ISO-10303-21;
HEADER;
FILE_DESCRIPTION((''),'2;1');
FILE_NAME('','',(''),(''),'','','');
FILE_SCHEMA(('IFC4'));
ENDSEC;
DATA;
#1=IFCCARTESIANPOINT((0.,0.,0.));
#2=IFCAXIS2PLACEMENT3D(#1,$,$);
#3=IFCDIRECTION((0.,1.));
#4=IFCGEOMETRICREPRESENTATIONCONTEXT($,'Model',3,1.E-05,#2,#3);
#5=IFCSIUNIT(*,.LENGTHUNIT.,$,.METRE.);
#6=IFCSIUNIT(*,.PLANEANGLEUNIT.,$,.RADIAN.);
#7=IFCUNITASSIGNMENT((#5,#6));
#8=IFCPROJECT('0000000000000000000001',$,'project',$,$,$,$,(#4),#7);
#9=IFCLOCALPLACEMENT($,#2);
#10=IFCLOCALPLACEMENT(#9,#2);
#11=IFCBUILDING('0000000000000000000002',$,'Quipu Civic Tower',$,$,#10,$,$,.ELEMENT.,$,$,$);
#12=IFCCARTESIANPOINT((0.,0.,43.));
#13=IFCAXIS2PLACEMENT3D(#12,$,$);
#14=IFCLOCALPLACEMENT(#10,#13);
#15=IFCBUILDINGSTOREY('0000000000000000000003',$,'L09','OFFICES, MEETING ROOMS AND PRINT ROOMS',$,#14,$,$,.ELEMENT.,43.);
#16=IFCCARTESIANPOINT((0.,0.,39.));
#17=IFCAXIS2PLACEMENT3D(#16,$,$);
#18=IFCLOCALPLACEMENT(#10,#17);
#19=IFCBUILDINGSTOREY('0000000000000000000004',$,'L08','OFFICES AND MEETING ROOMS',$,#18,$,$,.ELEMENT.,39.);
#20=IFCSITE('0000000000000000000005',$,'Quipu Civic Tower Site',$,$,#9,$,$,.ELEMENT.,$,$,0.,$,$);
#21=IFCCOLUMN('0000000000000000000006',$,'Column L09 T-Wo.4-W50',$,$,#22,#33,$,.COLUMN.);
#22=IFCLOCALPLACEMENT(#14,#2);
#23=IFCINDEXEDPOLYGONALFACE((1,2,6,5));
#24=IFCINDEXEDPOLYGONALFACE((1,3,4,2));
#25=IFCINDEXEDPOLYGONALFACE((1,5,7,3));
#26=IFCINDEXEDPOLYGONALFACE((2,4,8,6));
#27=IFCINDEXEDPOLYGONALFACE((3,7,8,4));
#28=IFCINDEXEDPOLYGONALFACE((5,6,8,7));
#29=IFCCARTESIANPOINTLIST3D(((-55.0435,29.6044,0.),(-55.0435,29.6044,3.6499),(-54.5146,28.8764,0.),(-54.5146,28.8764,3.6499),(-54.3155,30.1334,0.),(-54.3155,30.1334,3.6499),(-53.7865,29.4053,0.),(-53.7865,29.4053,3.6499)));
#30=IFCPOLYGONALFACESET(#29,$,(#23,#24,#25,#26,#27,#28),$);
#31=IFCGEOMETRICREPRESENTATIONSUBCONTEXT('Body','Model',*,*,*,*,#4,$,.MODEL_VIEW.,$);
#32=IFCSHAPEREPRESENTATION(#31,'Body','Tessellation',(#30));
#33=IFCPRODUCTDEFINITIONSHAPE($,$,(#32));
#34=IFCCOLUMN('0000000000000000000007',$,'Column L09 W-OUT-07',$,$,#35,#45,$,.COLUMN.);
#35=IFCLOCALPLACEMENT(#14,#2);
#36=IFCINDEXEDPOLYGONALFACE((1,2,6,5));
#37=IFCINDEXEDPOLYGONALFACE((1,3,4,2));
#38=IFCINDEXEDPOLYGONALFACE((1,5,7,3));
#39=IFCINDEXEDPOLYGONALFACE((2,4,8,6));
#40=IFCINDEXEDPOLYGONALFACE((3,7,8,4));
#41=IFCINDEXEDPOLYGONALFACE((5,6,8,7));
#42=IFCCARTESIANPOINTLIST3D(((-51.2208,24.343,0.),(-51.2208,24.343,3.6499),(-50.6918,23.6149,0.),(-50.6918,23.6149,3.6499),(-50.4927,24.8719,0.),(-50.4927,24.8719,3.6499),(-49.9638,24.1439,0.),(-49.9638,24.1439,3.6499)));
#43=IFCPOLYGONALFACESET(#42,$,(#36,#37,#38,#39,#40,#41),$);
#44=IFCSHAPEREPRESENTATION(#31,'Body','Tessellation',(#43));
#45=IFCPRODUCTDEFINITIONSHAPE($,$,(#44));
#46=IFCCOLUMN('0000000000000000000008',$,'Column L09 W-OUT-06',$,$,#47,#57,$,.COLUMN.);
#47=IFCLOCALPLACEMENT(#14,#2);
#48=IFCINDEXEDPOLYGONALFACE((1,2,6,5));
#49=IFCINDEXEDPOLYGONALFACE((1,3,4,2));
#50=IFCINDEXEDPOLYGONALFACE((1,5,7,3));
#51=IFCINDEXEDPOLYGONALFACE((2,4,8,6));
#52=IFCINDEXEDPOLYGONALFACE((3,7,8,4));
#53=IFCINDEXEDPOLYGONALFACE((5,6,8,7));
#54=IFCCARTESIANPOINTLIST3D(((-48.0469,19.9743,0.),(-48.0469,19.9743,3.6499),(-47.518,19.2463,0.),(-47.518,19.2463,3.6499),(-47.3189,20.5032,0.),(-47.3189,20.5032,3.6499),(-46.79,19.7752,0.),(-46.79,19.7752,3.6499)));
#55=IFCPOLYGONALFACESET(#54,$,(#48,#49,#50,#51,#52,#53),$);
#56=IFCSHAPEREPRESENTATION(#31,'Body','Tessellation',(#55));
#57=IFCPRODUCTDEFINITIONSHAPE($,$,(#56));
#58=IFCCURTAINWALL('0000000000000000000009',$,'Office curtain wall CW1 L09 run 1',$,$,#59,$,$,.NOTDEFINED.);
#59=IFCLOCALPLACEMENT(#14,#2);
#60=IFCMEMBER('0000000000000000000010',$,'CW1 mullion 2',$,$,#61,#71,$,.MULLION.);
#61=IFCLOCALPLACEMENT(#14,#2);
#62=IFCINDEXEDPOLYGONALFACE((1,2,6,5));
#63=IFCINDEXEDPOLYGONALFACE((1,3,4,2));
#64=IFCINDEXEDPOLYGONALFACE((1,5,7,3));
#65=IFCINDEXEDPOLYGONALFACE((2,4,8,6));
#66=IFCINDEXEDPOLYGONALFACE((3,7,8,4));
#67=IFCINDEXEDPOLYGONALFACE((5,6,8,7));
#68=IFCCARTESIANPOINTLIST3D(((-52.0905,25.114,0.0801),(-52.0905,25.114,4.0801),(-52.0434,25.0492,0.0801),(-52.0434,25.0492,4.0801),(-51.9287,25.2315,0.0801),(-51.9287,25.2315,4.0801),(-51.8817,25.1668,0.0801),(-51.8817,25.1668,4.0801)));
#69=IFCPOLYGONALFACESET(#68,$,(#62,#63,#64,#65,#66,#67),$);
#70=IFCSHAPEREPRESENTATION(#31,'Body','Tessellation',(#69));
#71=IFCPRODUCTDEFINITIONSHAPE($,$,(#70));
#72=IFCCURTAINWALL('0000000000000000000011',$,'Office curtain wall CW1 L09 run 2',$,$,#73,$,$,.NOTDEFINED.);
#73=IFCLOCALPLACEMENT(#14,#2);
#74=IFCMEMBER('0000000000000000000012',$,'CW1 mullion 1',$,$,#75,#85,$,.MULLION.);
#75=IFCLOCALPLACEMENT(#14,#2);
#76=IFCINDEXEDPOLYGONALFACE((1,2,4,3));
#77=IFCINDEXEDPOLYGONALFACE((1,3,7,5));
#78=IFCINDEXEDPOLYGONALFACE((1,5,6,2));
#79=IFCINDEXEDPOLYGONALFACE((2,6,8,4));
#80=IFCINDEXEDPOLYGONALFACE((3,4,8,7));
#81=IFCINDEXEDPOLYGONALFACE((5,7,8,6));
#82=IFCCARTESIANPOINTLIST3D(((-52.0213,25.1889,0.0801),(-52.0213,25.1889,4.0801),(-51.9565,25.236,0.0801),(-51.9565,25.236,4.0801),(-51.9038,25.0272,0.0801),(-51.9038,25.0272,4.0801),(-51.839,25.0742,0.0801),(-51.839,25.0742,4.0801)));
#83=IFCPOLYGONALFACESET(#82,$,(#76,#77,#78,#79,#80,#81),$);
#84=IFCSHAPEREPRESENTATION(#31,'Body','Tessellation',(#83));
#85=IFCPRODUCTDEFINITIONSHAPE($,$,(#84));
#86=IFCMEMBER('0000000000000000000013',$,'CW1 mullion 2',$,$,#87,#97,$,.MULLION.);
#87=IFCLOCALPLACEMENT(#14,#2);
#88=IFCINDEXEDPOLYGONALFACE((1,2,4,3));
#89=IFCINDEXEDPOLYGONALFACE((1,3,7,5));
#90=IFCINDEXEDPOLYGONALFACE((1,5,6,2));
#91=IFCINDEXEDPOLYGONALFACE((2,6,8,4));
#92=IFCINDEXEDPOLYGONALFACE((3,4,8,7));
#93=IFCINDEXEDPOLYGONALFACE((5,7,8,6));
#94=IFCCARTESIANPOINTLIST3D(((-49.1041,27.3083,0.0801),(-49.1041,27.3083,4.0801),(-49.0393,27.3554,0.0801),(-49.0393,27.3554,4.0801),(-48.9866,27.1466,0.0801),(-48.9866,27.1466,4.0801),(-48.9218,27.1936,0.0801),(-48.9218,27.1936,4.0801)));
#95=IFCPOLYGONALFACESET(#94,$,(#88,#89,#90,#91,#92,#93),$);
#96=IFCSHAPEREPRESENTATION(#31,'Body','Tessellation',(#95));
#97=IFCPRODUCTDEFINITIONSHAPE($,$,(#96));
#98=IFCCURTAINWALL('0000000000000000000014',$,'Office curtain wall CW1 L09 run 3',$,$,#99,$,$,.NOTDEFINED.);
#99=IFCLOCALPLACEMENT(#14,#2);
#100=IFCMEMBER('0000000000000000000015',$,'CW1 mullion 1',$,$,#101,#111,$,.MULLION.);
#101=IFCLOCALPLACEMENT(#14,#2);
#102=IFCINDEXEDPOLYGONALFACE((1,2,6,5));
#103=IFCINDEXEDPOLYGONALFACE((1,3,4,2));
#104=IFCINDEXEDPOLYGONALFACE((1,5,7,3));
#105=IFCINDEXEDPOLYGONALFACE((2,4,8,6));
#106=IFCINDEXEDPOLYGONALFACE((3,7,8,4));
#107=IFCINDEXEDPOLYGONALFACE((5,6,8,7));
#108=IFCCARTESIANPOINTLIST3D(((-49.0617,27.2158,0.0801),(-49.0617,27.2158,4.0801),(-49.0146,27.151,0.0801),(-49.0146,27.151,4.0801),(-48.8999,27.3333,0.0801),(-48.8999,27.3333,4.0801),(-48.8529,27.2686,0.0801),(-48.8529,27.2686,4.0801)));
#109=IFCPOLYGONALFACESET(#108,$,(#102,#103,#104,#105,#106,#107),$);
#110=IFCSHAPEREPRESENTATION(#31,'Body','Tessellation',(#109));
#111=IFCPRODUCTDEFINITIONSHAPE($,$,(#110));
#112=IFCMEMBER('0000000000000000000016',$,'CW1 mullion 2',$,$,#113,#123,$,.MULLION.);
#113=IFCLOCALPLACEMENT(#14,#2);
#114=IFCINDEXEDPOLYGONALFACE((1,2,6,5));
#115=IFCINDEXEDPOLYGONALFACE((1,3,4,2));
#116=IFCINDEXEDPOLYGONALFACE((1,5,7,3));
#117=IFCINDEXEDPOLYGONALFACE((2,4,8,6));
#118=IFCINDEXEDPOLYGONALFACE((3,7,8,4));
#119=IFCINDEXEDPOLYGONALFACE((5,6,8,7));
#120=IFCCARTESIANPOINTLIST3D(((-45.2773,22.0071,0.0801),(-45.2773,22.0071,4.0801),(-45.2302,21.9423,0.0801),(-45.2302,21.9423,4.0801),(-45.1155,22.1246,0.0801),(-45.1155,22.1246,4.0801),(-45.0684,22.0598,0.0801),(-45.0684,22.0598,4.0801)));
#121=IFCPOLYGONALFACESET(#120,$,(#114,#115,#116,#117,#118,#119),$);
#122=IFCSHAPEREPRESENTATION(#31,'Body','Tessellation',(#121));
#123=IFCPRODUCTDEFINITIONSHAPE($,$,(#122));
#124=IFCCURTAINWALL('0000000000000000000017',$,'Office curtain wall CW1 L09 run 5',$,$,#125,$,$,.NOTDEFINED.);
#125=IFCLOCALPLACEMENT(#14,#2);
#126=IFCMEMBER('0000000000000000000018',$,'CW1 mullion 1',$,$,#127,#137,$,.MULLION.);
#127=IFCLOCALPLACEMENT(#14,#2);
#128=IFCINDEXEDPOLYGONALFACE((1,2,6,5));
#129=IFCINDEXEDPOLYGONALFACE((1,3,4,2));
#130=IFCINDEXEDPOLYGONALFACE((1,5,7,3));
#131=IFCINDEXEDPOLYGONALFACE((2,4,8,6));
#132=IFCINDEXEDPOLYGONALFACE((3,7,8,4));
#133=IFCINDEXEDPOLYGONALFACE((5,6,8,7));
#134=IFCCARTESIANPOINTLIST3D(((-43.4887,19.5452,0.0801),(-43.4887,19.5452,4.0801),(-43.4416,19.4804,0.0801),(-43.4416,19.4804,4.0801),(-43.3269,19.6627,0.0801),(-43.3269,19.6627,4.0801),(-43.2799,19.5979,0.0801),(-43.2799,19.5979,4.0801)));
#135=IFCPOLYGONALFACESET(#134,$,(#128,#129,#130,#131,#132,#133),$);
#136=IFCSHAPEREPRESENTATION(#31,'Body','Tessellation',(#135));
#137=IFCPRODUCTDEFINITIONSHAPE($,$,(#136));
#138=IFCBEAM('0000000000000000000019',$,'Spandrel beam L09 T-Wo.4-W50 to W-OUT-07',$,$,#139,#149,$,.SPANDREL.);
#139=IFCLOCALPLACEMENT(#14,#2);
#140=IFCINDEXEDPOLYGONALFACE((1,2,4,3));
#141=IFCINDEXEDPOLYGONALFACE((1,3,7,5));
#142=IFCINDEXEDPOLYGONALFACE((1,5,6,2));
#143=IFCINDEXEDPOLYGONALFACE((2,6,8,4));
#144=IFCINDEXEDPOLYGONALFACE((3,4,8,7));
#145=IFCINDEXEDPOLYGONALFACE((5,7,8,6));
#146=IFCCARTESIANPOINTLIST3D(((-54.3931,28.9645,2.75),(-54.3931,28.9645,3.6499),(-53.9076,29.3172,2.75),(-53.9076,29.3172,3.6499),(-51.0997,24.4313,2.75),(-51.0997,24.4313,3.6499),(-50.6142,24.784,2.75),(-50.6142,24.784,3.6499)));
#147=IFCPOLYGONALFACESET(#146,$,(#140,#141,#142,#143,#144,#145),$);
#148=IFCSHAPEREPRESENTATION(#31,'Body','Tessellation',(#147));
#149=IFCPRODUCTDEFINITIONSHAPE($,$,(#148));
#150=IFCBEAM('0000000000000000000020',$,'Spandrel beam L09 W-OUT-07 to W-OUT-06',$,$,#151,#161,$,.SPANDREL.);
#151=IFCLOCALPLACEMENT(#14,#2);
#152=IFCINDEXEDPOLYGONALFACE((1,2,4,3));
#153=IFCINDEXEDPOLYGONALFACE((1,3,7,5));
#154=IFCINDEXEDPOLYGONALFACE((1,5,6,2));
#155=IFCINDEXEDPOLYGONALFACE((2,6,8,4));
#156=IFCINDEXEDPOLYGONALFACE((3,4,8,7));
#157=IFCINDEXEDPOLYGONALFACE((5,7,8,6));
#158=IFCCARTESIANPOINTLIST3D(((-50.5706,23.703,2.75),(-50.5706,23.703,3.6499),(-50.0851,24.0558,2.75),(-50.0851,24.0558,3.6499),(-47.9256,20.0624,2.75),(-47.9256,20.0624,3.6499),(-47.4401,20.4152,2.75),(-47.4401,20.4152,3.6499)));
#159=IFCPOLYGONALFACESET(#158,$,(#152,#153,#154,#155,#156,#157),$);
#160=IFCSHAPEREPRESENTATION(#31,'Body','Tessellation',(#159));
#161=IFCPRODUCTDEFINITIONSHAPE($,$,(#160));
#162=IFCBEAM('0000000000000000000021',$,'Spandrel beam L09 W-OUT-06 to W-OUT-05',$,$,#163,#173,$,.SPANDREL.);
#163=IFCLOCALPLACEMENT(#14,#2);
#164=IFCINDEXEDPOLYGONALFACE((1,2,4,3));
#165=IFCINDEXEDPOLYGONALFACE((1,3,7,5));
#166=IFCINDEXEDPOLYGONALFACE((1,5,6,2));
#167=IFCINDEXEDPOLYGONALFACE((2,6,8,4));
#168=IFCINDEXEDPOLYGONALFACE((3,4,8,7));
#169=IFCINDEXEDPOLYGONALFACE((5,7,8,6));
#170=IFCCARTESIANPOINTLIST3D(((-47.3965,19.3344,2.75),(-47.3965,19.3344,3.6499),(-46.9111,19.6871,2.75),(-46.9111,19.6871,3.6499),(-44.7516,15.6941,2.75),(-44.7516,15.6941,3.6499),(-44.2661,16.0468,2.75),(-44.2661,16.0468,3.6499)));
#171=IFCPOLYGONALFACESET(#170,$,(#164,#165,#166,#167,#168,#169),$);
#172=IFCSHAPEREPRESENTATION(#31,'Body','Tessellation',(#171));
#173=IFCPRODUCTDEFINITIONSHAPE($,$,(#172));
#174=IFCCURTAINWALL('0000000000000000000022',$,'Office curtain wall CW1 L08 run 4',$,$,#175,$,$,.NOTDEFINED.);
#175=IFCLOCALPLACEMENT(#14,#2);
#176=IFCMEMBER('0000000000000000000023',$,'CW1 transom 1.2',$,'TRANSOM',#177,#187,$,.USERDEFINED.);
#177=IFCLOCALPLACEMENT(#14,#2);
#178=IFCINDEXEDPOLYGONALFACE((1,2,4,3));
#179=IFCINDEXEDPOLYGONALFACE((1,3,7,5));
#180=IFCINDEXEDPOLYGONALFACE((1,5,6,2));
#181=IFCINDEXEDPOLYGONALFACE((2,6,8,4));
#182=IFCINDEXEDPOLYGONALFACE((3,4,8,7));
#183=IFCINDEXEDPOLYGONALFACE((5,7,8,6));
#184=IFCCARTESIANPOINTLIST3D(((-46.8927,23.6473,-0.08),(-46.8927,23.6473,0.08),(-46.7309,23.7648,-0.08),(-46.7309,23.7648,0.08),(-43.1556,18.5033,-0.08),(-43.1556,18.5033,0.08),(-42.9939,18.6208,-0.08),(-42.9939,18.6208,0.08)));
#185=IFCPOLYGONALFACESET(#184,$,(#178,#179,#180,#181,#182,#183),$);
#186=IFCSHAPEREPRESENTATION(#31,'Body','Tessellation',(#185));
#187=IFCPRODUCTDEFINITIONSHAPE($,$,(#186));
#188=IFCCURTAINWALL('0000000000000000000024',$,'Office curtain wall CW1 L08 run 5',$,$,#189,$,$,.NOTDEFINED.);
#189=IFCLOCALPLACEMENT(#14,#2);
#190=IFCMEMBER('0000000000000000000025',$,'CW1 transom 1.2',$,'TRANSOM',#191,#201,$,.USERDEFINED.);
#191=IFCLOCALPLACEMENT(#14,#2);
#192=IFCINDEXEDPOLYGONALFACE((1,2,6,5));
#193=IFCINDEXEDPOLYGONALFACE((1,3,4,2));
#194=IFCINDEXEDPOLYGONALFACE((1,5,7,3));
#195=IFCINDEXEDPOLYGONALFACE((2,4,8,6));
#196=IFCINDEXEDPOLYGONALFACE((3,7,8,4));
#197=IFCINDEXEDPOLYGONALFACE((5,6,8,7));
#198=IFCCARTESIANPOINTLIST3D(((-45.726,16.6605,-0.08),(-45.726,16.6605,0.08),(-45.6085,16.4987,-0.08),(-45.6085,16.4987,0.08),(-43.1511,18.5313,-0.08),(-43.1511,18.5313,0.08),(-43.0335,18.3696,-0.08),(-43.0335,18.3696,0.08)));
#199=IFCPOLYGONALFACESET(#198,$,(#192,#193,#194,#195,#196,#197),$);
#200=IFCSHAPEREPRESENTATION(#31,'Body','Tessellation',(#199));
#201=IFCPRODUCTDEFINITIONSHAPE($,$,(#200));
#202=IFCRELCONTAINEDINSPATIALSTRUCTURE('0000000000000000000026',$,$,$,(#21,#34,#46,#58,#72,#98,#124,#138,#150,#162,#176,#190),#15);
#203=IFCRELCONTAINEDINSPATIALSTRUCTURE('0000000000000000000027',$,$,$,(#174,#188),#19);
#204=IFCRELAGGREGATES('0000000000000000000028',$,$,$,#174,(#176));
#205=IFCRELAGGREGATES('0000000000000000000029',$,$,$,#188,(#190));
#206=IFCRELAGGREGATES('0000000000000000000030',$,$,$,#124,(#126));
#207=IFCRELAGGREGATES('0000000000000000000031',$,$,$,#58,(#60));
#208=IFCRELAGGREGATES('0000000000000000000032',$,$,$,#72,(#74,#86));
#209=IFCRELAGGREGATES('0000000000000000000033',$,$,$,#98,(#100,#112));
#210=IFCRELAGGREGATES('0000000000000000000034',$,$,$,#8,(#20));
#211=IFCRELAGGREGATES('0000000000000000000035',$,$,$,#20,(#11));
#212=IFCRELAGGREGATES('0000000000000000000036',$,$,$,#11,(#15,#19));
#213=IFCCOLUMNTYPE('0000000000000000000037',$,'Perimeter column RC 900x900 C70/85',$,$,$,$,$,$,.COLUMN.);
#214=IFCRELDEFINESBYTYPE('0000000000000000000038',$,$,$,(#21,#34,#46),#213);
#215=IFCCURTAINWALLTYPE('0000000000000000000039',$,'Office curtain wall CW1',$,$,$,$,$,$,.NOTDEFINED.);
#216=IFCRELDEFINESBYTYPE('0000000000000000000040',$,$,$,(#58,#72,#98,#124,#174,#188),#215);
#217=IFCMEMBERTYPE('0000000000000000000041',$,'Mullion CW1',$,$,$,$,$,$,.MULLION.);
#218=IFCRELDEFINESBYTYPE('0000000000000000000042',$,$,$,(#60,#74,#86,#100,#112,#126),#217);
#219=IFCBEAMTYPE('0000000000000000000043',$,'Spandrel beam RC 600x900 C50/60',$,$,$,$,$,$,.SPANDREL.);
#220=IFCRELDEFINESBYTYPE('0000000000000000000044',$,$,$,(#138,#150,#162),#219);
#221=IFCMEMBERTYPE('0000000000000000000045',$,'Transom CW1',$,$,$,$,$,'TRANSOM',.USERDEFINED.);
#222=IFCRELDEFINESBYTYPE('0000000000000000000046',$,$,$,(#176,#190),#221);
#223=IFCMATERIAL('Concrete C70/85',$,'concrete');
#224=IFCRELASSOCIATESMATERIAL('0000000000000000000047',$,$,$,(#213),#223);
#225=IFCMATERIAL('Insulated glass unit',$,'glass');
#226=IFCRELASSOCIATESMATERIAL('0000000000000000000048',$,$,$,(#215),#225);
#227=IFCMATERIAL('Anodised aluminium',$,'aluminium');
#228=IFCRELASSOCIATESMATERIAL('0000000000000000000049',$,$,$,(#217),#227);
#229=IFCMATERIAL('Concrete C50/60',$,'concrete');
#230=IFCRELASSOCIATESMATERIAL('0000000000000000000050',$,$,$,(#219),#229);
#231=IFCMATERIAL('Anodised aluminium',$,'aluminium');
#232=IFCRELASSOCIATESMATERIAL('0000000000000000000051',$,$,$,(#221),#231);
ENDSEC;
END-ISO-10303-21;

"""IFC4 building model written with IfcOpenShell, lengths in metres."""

from ifc_helpers import new_model, si_unit, direction, frame, origin, origin_2d, place, context, subcontext, project, spatial, rectangle, extrude, material, material_profile, profile_set, type_object, element, aggregate, save


model = new_model("IFC4")

# Units and contexts
model_context = context("Model", 3, precision=1e-05, world=origin(), true_north=direction((0.0, 1.0)))
body_context = subcontext(model_context, "Body", "Model", "MODEL_VIEW")
ifc_project = project(units=[si_unit("LENGTHUNIT", "METRE"), si_unit("PLANEANGLEUNIT", "RADIAN")], contexts=[model_context])

# Site, building, storey
site_placement = place(None, origin())
site = spatial("IfcSite", under=ifc_project, at=site_placement, Name="Quipu Civic Tower Site", CompositionType="ELEMENT", RefElevation=0.0)
building_placement = place(site_placement, origin())
building = spatial("IfcBuilding", under=site, at=building_placement, Name="Quipu Civic Tower", CompositionType="ELEMENT")
storey_1_placement = place(building_placement, frame((0.0, 0.0, 43.0)))
storey_1 = spatial("IfcBuildingStorey", under=building, at=storey_1_placement, Name="L09", Description="OFFICES, MEETING ROOMS AND PRINT ROOMS", CompositionType="ELEMENT", Elevation=43.0)

# Columns
ifc_material_1 = material(Name="Concrete C70/85", Category="concrete")
ifc_material_profile_1 = material_profile(ifc_material_1, rectangle(XDim=0.8999, YDim=0.8999, at=origin_2d()), Name="RC900x900")
ifc_profile_set_1 = profile_set([ifc_material_profile_1], Name="Concrete C70/85")
column_type = type_object("IfcColumnType", Name="Perimeter column RC 900x900 C70/85", PredefinedType="COLUMN", material=ifc_profile_set_1)
for number, where, z_axis, x_axis, name in (
    (1, (-54.415, 29.5049, 0.0), (0.0, 0.0, 1.0), (0.587785, -0.809017, 0.0), "Column L09 T-Wo.4-W50"),
    (2, (-50.5923, 24.2434, 0.0), (0.0, 0.0, 1.0), (0.587785, -0.809017, 0.0), "Column L09 W-OUT-07"),
    (3, (-47.4185, 19.8748, 0.0), (0.0, 0.0, 1.0), (0.587785, -0.809017, 0.0), "Column L09 W-OUT-06"),
):
    element("IfcColumn", number, at=place(storey_1_placement, frame(where, z_axis=z_axis, x_axis=x_axis)), inside=storey_1, type_object=column_type, Name=name, PredefinedType="COLUMN", context=body_context, shape_type="SweptSolid", body=[
        extrude(rectangle(XDim=0.8999, YDim=0.8999, at=origin_2d()), origin(), (0.0, 0.0, 1.0), 3.6499),
    ])

# Curtain wall, member
ifc_material_2 = material(Name="Insulated glass unit", Category="glass")
curtain_wall_type = type_object("IfcCurtainWallType", Name="Office curtain wall CW1", PredefinedType="NOTDEFINED", material=ifc_material_2)
curtain_wall_1_placement = place(storey_1_placement, origin())
curtain_wall_1 = element("IfcCurtainWall", 4, at=curtain_wall_1_placement, inside=storey_1, type_object=curtain_wall_type, Name="Office curtain wall CW1 L09 run 1", PredefinedType="NOTDEFINED")
ifc_material_3 = material(Name="Anodised aluminium", Category="aluminium")
ifc_material_profile_2 = material_profile(ifc_material_3, rectangle(XDim=0.2, YDim=0.0801, at=origin_2d()), Name="RECT 200x80")
ifc_profile_set_2 = profile_set([ifc_material_profile_2], Name="Anodised aluminium")
member_type_1 = type_object("IfcMemberType", Name="Mullion CW1", PredefinedType="MULLION", material=ifc_profile_set_2)
member_1_placement = place(storey_1_placement, frame((-51.9861, 25.1404, 0.0801), z_axis=(0.0, 0.0, 1.0), x_axis=(0.809017, 0.587785, 0.0)))
member_1 = element("IfcMember", 5, at=member_1_placement, type_object=member_type_1, Name="CW1 mullion 2", PredefinedType="MULLION", context=body_context, shape_type="SweptSolid", body=[
    extrude(rectangle(XDim=0.2, YDim=0.0801, at=origin_2d()), origin(), (0.0, 0.0, 1.0), 4.0),
])

# Curtain walls, members
curtain_wall_2_placement = place(storey_1_placement, origin())
curtain_wall_2 = element("IfcCurtainWall", 6, at=curtain_wall_2_placement, inside=storey_1, type_object=curtain_wall_type, Name="Office curtain wall CW1 L09 run 2", PredefinedType="NOTDEFINED")
member_2_placement = place(storey_1_placement, frame((-51.9302, 25.1316, 0.0801), z_axis=(0.0, 0.0, 1.0), x_axis=(-0.587784, 0.809018, 0.0)))
member_2 = element("IfcMember", 7, at=member_2_placement, type_object=member_type_1, Name="CW1 mullion 1", PredefinedType="MULLION", context=body_context, shape_type="SweptSolid", body=[
    extrude(rectangle(XDim=0.2, YDim=0.0801, at=origin_2d()), origin(), (0.0, 0.0, 1.0), 4.0),
])
member_3_placement = place(storey_1_placement, frame((-49.0129, 27.251, 0.0801), z_axis=(0.0, 0.0, 1.0), x_axis=(-0.587784, 0.809018, 0.0)))
member_3 = element("IfcMember", 8, at=member_3_placement, type_object=member_type_1, Name="CW1 mullion 2", PredefinedType="MULLION", context=body_context, shape_type="SweptSolid", body=[
    extrude(rectangle(XDim=0.2, YDim=0.0801, at=origin_2d()), origin(), (0.0, 0.0, 1.0), 4.0),
])
curtain_wall_3_placement = place(storey_1_placement, origin())
curtain_wall_3 = element("IfcCurtainWall", 9, at=curtain_wall_3_placement, inside=storey_1, type_object=curtain_wall_type, Name="Office curtain wall CW1 L09 run 3", PredefinedType="NOTDEFINED")
member_4_placement = place(storey_1_placement, frame((-48.9573, 27.2422, 0.0801), z_axis=(0.0, 0.0, 1.0), x_axis=(0.809019, 0.587783, 0.0)))
member_4 = element("IfcMember", 10, at=member_4_placement, type_object=member_type_1, Name="CW1 mullion 1", PredefinedType="MULLION", context=body_context, shape_type="SweptSolid", body=[
    extrude(rectangle(XDim=0.2, YDim=0.0801, at=origin_2d()), origin(), (0.0, 0.0, 1.0), 4.0),
])
member_5_placement = place(storey_1_placement, frame((-45.1729, 22.0334, 0.0801), z_axis=(0.0, 0.0, 1.0), x_axis=(0.809019, 0.587783, 0.0)))
member_5 = element("IfcMember", 11, at=member_5_placement, type_object=member_type_1, Name="CW1 mullion 2", PredefinedType="MULLION", context=body_context, shape_type="SweptSolid", body=[
    extrude(rectangle(XDim=0.2, YDim=0.0801, at=origin_2d()), origin(), (0.0, 0.0, 1.0), 4.0),
])

# Curtain wall, member
curtain_wall_4_placement = place(storey_1_placement, origin())
curtain_wall_4 = element("IfcCurtainWall", 12, at=curtain_wall_4_placement, inside=storey_1, type_object=curtain_wall_type, Name="Office curtain wall CW1 L09 run 5", PredefinedType="NOTDEFINED")
member_6_placement = place(storey_1_placement, frame((-43.3843, 19.5715, 0.0801), z_axis=(0.0, 0.0, 1.0), x_axis=(0.809015, 0.587789, 0.0)))
member_6 = element("IfcMember", 13, at=member_6_placement, type_object=member_type_1, Name="CW1 mullion 1", PredefinedType="MULLION", context=body_context, shape_type="SweptSolid", body=[
    extrude(rectangle(XDim=0.2, YDim=0.0801, at=origin_2d()), origin(), (0.0, 0.0, 1.0), 4.0),
])

# Beams
ifc_material_4 = material(Name="Concrete C50/60", Category="concrete")
ifc_material_profile_3 = material_profile(ifc_material_4, rectangle(XDim=0.6001, YDim=0.8999, at=origin_2d()), Name="RC600x900")
ifc_profile_set_3 = profile_set([ifc_material_profile_3], Name="Concrete C50/60")
beam_type = type_object("IfcBeamType", Name="Spandrel beam RC 600x900 C50/60", PredefinedType="SPANDREL", material=ifc_profile_set_3)
beam_1_placement = place(storey_1_placement, frame((-54.1504, 29.1409, 3.2), z_axis=(0.587773, -0.809026, 0.0), x_axis=(0.809026, 0.587773, 0.0)))
element("IfcBeam", 14, at=beam_1_placement, inside=storey_1, type_object=beam_type, Name="Spandrel beam L09 T-Wo.4-W50 to W-OUT-07", PredefinedType="SPANDREL", context=body_context, shape_type="SweptSolid", body=[
    extrude(rectangle(XDim=0.6001, YDim=0.8999, at=origin_2d()), origin(), (0.0, 0.0, 1.0), 5.6033),
])
beam_2_placement = place(storey_1_placement, frame((-50.3279, 23.8794, 3.2), z_axis=(0.587778, -0.809022, 0.0), x_axis=(0.809022, 0.587778, 0.0)))
element("IfcBeam", 15, at=beam_2_placement, inside=storey_1, type_object=beam_type, Name="Spandrel beam L09 W-OUT-07 to W-OUT-06", PredefinedType="SPANDREL", context=body_context, shape_type="SweptSolid", body=[
    extrude(rectangle(XDim=0.6001, YDim=0.8999, at=origin_2d()), origin(), (0.0, 0.0, 1.0), 4.5),
])
beam_3_placement = place(storey_1_placement, frame((-47.1538, 19.5107, 3.2), z_axis=(0.587804, -0.809003, 0.0), x_axis=(0.809003, 0.587804, 0.0)))
element("IfcBeam", 16, at=beam_3_placement, inside=storey_1, type_object=beam_type, Name="Spandrel beam L09 W-OUT-06 to W-OUT-05", PredefinedType="SPANDREL", context=body_context, shape_type="SweptSolid", body=[
    extrude(rectangle(XDim=0.6001, YDim=0.8999, at=origin_2d()), origin(), (0.0, 0.0, 1.0), 4.4998),
])

# Shared definitions
storey_2_placement = place(building_placement, frame((0.0, 0.0, 39.0)))
storey_2 = spatial("IfcBuildingStorey", under=building, at=storey_2_placement, Name="L08", Description="OFFICES AND MEETING ROOMS", CompositionType="ELEMENT", Elevation=39.0)

# Curtain walls, members
curtain_wall_5_placement = place(storey_2_placement, origin())
curtain_wall_5 = element("IfcCurtainWall", 17, at=curtain_wall_5_placement, inside=storey_2, type_object=curtain_wall_type, Name="Office curtain wall CW1 L08 run 4", PredefinedType="NOTDEFINED")
ifc_material_5 = material(Name="Anodised aluminium", Category="aluminium")
ifc_material_profile_4 = material_profile(ifc_material_5, rectangle(XDim=0.2, YDim=0.1599, at=origin_2d()), Name="RECT 200x160")
ifc_profile_set_4 = profile_set([ifc_material_profile_4], Name="Anodised aluminium")
member_type_2 = type_object("IfcMemberType", Name="Transom CW1", ElementType="TRANSOM", PredefinedType="USERDEFINED", material=ifc_profile_set_4)
member_7_placement = place(storey_1_placement, frame((-46.8118, 23.7061, 0.0), z_axis=(0.587754, -0.80904, 0.0), x_axis=(0.80904, 0.587754, 0.0)))
member_7 = element("IfcMember", 18, at=member_7_placement, inside=storey_1, type_object=member_type_2, Name="CW1 transom 1.2", ObjectType="TRANSOM", PredefinedType="USERDEFINED", context=body_context, shape_type="SweptSolid", body=[
    extrude(rectangle(XDim=0.2, YDim=0.1599, at=origin_2d()), origin(), (0.0, 0.0, 1.0), 6.3582),
])
aggregate(curtain_wall_5, [member_7])
curtain_wall_6_placement = place(storey_2_placement, origin())
curtain_wall_6 = element("IfcCurtainWall", 19, at=curtain_wall_6_placement, inside=storey_2, type_object=curtain_wall_type, Name="Office curtain wall CW1 L08 run 5", PredefinedType="NOTDEFINED")
member_8_placement = place(storey_1_placement, frame((-43.0923, 18.4504, 0.0), z_axis=(-0.809011, -0.587793, 0.0), x_axis=(0.587793, -0.809011, 0.0)))
member_8 = element("IfcMember", 20, at=member_8_placement, inside=storey_1, type_object=member_type_2, Name="CW1 transom 1.2", ObjectType="TRANSOM", PredefinedType="USERDEFINED", context=body_context, shape_type="SweptSolid", body=[
    extrude(rectangle(XDim=0.2, YDim=0.1599, at=origin_2d()), origin(), (0.0, 0.0, 1.0), 3.1829),
])
aggregate(curtain_wall_6, [member_8])

aggregate(curtain_wall_4, [member_6])

aggregate(curtain_wall_1, [member_1])
aggregate(curtain_wall_2, [member_2, member_3])
aggregate(curtain_wall_3, [member_4, member_5])

save(model, "model.ifc")
